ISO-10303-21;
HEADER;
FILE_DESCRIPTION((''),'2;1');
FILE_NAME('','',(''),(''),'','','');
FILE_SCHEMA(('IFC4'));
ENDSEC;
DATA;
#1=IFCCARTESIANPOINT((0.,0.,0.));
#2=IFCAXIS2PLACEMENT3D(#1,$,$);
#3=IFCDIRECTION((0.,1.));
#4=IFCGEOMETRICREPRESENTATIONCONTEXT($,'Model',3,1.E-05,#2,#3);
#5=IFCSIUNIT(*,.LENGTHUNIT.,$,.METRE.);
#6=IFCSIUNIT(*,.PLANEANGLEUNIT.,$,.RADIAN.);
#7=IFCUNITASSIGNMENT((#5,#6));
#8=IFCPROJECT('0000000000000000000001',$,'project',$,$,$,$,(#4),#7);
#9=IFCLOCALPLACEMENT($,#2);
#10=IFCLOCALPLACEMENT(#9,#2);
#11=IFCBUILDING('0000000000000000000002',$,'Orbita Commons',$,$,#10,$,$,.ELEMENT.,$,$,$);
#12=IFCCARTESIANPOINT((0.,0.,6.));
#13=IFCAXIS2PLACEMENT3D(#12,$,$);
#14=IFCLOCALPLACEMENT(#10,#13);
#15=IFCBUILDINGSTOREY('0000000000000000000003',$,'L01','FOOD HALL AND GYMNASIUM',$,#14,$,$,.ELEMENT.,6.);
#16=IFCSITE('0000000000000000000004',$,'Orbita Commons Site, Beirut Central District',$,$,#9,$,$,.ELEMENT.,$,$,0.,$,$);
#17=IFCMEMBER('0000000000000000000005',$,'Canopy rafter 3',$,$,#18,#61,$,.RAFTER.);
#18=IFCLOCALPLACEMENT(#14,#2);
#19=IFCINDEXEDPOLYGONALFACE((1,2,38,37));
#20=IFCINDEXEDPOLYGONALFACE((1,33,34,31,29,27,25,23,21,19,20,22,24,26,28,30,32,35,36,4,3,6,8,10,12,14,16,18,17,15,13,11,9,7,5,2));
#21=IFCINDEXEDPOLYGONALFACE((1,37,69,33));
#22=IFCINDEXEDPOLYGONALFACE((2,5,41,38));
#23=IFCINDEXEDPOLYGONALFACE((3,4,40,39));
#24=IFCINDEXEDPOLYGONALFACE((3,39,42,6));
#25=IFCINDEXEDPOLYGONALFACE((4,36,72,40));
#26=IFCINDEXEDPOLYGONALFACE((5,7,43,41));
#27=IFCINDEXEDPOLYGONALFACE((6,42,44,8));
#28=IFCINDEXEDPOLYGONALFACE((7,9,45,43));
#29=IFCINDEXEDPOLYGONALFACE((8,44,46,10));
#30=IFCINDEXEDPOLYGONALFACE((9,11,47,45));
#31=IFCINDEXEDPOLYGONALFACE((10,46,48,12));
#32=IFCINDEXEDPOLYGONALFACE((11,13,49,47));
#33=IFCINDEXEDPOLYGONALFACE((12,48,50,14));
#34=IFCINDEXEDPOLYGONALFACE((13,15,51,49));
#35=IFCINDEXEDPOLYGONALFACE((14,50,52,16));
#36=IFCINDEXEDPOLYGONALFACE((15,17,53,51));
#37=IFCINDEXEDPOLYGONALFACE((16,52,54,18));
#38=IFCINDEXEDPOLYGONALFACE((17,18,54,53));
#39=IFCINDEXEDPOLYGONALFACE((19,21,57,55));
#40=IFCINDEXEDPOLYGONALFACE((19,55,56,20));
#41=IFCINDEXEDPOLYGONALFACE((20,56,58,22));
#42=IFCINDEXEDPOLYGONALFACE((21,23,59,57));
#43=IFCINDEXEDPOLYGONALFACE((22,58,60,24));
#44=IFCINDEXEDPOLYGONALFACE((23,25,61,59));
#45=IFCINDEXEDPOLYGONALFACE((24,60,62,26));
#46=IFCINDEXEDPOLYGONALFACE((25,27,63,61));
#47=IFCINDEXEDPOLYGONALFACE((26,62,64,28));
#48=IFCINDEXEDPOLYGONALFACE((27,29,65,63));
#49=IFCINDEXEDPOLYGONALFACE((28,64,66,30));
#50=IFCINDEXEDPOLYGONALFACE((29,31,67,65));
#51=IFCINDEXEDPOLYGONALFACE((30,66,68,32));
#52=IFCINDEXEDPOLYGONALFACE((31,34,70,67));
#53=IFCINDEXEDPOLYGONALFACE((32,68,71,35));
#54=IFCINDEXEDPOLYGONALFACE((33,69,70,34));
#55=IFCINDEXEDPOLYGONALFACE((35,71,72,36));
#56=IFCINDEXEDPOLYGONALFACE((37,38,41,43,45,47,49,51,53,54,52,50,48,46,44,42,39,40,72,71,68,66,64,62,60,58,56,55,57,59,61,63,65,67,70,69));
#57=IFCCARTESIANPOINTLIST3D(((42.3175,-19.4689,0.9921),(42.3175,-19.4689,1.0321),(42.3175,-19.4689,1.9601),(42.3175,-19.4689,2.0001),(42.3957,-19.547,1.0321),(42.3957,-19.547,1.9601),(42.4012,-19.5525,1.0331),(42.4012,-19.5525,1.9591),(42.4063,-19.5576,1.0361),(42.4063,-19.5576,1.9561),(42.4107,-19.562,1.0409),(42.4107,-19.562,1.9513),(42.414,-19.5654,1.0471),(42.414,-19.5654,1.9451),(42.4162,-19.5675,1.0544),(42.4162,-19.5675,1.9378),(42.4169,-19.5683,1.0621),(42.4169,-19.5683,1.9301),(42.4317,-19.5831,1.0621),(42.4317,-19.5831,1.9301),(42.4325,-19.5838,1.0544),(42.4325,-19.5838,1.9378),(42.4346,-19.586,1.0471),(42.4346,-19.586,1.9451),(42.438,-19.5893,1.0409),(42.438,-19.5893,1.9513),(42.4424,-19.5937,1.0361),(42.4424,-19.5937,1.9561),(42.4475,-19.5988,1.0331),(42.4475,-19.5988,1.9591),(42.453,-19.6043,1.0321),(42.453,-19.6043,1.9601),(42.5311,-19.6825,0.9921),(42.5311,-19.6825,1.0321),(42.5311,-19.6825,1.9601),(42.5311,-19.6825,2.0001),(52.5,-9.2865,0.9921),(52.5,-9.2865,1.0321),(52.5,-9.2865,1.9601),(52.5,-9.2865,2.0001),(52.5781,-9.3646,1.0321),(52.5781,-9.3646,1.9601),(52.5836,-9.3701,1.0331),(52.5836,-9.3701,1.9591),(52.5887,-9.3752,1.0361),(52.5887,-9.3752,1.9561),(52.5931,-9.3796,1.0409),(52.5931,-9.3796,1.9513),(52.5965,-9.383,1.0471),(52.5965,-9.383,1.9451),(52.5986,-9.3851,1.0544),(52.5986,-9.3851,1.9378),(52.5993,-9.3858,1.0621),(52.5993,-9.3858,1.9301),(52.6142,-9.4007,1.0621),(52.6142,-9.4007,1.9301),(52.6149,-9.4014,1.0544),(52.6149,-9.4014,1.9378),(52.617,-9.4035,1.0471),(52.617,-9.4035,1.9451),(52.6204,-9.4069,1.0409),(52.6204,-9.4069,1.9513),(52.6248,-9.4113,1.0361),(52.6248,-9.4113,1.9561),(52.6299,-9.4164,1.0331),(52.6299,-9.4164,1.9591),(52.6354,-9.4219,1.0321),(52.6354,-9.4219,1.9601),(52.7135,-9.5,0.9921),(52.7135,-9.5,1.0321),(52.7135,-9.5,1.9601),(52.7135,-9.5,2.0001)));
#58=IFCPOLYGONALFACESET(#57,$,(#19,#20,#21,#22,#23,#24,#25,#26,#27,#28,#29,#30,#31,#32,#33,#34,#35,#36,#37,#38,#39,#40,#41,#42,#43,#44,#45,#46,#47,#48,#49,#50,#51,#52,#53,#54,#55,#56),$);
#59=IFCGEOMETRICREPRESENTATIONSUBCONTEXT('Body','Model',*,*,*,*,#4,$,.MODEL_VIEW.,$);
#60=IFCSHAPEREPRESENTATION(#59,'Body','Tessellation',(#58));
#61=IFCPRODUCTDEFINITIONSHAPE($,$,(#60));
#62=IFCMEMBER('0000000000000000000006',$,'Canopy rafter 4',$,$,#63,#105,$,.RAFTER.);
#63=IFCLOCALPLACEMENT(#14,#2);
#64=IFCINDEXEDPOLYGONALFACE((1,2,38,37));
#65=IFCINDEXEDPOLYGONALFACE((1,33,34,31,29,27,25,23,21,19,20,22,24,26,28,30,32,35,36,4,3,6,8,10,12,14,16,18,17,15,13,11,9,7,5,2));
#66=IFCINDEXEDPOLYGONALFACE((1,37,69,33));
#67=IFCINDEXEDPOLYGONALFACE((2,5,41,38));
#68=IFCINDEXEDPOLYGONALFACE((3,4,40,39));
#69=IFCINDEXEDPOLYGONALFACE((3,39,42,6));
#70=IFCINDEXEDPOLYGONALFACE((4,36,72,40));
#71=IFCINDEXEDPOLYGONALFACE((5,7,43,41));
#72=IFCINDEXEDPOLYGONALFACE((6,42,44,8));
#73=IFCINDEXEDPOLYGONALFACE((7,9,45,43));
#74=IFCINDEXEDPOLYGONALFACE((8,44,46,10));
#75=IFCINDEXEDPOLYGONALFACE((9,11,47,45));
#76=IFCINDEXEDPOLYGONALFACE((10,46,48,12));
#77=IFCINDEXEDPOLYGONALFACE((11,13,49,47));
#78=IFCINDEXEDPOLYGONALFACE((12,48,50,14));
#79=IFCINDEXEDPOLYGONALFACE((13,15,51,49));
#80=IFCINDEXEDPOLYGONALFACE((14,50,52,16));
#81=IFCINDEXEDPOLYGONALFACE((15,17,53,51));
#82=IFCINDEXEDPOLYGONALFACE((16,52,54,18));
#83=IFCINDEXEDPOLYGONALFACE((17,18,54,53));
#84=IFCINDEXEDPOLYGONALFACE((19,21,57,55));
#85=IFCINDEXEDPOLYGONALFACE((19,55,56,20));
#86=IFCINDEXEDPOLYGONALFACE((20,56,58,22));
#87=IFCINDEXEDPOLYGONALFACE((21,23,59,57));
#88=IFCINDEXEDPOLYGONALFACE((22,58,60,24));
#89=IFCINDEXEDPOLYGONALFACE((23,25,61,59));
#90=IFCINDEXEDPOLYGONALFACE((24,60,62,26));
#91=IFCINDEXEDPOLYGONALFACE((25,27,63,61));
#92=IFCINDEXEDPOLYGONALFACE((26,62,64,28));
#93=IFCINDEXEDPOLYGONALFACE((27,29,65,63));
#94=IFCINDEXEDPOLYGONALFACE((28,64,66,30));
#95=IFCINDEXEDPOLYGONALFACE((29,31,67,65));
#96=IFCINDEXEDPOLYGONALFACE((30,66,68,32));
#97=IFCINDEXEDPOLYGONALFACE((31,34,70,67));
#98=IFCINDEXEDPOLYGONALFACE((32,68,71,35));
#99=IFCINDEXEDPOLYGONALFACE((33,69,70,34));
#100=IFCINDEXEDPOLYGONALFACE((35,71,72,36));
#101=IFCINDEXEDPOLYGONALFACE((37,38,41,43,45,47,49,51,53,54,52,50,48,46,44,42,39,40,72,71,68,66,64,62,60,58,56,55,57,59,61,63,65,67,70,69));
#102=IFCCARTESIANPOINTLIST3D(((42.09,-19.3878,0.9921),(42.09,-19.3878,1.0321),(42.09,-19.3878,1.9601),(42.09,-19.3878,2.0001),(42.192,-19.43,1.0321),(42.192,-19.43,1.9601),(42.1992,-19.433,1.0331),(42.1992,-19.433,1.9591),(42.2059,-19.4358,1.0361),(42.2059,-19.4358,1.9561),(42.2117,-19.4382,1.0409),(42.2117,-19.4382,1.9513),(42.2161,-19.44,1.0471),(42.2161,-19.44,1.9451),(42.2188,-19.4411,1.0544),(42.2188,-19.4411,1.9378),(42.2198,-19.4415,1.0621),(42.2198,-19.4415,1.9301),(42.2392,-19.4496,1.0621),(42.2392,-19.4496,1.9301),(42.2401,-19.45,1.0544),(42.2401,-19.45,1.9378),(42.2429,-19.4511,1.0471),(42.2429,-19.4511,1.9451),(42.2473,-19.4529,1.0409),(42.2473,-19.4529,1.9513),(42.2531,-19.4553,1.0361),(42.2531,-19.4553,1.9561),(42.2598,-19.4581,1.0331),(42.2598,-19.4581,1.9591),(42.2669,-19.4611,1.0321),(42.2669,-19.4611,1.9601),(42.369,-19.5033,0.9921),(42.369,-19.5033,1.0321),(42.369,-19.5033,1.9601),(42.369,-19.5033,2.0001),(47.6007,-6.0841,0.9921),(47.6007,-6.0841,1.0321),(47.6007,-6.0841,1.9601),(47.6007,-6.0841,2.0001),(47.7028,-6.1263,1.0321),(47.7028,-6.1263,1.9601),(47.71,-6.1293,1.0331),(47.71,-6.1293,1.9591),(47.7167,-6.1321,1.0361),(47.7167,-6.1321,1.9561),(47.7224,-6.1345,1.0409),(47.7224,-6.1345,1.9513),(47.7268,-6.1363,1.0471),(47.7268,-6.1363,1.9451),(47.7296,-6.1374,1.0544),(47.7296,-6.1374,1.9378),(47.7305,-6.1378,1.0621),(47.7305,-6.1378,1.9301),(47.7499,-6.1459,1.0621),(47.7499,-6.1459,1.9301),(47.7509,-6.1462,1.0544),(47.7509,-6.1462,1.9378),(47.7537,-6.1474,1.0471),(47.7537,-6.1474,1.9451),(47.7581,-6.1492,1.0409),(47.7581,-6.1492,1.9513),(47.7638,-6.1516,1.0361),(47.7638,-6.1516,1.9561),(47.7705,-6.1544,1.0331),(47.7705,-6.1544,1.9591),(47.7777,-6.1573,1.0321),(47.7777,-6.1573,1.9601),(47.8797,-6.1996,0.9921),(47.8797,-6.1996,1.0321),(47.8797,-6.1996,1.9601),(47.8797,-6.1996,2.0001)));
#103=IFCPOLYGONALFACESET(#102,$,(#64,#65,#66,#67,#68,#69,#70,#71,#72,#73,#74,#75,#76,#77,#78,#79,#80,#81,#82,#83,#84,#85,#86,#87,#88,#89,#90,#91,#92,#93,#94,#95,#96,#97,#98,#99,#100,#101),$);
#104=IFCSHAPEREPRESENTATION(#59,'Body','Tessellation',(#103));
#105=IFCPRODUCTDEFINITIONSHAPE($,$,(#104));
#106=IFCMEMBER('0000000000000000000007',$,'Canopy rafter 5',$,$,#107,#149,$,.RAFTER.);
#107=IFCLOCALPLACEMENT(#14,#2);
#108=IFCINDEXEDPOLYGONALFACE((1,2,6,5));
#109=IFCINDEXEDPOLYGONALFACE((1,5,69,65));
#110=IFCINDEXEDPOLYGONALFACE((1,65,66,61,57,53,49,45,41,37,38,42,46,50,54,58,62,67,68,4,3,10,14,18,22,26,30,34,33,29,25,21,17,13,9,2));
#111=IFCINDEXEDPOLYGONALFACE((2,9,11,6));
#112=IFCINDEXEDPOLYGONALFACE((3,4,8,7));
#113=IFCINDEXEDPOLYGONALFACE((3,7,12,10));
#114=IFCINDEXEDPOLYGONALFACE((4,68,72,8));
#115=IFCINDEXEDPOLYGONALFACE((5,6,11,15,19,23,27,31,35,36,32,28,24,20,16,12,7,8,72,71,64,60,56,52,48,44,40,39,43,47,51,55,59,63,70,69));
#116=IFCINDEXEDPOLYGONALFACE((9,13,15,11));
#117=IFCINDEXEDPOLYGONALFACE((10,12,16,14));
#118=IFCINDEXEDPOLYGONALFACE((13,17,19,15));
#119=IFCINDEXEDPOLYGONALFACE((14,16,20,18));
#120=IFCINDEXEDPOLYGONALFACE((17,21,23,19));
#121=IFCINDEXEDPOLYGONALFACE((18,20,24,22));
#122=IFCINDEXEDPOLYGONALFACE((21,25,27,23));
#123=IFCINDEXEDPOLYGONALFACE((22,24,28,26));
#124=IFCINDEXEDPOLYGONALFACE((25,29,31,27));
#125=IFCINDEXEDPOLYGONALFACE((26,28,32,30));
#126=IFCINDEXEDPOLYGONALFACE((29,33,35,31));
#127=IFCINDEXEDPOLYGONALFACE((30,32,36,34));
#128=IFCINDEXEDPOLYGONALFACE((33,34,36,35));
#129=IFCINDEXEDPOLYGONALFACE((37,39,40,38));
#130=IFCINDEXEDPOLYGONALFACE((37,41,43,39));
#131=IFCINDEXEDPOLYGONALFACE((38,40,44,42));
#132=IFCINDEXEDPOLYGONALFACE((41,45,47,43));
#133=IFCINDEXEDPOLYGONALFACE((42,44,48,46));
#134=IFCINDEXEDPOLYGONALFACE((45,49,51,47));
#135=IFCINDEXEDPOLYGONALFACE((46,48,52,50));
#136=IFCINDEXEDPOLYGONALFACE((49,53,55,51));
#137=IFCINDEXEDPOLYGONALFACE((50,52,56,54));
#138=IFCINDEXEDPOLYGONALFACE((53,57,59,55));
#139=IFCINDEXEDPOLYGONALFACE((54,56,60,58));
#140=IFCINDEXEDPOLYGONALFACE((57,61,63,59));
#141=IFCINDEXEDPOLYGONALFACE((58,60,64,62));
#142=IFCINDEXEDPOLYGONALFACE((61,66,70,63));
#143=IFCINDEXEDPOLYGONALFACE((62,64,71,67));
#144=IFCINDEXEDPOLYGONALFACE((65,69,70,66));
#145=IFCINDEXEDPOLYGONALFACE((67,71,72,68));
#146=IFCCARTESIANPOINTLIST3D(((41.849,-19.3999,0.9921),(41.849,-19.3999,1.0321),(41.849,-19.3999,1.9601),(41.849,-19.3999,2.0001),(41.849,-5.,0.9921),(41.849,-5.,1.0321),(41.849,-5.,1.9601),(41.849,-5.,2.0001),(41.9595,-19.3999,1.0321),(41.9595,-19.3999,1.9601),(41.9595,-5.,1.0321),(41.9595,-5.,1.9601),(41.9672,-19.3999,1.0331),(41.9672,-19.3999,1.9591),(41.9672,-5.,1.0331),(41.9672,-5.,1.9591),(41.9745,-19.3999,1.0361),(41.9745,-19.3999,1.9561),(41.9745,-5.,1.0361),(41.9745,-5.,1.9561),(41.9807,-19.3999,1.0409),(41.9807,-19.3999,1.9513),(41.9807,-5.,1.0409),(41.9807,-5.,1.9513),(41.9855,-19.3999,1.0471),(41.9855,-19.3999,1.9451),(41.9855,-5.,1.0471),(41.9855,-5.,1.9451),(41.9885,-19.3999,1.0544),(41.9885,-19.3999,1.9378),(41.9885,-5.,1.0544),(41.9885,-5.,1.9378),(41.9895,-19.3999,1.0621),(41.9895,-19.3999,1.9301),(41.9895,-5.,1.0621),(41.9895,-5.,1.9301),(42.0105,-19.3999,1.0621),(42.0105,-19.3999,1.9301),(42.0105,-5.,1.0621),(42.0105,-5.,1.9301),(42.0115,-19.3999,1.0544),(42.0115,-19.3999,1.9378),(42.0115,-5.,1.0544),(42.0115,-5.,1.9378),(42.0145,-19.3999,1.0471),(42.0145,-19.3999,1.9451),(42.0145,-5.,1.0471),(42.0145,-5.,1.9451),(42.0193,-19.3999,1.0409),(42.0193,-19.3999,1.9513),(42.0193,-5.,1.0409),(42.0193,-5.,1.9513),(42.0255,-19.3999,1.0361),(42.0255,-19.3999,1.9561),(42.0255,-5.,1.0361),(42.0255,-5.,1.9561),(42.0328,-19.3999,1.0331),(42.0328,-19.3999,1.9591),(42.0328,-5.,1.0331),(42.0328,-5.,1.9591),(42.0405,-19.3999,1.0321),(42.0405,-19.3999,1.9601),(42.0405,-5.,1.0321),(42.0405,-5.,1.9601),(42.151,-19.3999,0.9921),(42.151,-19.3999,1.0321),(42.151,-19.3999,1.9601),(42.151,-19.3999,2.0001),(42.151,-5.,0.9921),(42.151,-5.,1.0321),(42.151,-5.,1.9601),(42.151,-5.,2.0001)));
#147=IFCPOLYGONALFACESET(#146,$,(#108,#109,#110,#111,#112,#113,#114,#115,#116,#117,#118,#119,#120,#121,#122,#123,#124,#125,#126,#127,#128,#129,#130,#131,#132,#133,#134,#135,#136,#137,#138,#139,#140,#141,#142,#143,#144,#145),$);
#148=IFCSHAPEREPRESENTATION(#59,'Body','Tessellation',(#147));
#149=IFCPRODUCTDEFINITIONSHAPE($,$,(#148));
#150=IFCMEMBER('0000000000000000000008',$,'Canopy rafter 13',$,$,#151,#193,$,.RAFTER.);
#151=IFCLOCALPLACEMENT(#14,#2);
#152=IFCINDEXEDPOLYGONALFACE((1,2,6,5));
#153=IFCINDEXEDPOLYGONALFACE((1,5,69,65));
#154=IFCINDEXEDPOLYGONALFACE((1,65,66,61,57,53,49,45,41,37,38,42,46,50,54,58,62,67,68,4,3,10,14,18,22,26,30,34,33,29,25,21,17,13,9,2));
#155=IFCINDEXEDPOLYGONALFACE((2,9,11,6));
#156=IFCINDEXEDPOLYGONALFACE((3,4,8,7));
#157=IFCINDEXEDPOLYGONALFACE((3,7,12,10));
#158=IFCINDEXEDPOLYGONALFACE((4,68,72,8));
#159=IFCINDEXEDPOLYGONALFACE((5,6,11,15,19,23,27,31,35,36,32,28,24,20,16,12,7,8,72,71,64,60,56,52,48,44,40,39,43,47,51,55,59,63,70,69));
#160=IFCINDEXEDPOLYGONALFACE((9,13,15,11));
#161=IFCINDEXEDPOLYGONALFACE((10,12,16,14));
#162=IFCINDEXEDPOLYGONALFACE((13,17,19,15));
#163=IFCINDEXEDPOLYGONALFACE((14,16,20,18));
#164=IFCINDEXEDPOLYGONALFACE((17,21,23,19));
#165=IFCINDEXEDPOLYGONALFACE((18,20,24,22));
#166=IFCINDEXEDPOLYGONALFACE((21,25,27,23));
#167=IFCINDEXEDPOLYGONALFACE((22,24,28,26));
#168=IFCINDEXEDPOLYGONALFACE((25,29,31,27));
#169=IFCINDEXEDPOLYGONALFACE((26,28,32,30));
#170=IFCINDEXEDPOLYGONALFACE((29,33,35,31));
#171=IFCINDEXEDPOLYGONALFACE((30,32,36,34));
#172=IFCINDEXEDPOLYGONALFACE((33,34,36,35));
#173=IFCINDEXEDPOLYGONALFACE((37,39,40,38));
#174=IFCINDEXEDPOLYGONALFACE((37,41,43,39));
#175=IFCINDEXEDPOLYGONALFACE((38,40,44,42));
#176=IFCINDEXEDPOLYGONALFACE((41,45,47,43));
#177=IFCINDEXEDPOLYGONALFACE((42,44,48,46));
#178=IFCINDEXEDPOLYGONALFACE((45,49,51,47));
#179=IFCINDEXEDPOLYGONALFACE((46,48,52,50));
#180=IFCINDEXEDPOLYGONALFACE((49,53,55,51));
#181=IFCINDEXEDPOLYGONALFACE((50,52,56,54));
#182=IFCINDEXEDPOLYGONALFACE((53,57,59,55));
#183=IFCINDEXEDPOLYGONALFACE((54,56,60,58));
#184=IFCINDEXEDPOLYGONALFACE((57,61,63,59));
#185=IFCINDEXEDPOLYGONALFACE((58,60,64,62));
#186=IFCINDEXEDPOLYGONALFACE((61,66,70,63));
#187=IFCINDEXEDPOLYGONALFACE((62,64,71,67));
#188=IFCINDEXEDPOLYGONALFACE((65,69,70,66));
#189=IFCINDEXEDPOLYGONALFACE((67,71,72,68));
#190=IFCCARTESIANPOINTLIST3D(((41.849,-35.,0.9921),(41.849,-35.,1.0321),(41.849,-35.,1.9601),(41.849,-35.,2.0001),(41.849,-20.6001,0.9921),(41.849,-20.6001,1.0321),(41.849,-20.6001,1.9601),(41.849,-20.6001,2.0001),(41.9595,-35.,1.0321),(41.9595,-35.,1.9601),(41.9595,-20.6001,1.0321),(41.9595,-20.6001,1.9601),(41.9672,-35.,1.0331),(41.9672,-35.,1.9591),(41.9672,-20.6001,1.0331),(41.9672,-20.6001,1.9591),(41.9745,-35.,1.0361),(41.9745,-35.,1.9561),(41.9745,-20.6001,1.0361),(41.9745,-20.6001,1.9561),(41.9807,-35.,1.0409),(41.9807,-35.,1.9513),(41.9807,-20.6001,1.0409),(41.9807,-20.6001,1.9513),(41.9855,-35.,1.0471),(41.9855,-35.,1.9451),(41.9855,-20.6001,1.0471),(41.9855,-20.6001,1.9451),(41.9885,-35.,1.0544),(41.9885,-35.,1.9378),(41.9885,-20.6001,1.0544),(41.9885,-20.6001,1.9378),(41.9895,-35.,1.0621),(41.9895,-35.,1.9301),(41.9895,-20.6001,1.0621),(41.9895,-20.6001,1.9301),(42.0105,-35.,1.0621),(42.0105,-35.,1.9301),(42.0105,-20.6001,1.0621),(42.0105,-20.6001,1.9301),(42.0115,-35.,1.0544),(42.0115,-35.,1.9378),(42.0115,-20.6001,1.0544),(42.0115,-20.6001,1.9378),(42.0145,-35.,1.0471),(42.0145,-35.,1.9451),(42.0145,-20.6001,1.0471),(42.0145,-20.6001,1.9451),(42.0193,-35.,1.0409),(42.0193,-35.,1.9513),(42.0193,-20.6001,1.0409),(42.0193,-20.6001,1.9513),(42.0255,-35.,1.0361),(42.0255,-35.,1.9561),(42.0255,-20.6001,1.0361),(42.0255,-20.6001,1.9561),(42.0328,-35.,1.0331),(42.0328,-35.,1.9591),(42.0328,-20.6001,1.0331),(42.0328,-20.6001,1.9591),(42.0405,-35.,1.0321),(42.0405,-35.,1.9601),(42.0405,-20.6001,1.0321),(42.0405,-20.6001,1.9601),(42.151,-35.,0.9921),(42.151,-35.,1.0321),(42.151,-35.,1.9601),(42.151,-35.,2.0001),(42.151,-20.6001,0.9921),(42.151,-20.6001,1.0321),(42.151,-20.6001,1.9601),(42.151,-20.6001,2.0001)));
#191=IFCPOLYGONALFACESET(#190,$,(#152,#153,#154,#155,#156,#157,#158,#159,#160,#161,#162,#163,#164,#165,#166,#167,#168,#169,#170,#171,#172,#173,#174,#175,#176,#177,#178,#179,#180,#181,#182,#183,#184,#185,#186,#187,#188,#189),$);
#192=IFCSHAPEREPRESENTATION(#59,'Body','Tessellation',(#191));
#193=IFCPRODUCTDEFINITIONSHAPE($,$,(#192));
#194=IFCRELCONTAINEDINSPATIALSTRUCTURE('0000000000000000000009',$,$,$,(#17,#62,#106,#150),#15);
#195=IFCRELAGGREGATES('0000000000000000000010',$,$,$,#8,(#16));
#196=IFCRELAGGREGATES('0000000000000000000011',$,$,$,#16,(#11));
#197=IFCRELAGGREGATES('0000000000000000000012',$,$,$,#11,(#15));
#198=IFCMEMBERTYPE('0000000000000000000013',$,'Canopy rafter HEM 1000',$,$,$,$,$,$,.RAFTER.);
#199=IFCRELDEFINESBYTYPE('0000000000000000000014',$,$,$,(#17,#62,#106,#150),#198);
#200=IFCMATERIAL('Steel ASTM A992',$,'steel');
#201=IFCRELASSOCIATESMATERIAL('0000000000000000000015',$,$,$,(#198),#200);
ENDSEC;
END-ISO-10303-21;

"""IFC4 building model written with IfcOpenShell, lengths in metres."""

from ifc_helpers import new_model, si_unit, direction, frame, origin, origin_2d, place, context, subcontext, project, spatial, i_section, extrude, material, material_profile, profile_set, type_object, element, save


model = new_model("IFC4")

# Units and contexts
model_context = context("Model", 3, precision=1e-05, world=origin(), true_north=direction((0.0, 1.0)))
body_context = subcontext(model_context, "Body", "Model", "MODEL_VIEW")
ifc_project = project(units=[si_unit("LENGTHUNIT", "METRE"), si_unit("PLANEANGLEUNIT", "RADIAN")], contexts=[model_context])

# Site, building, storey
site_placement = place(None, origin())
site = spatial("IfcSite", under=ifc_project, at=site_placement, Name="Orbita Commons Site, Beirut Central District", CompositionType="ELEMENT", RefElevation=0.0)
building_placement = place(site_placement, origin())
building = spatial("IfcBuilding", under=site, at=building_placement, Name="Orbita Commons", CompositionType="ELEMENT")
storey_placement = place(building_placement, frame((0.0, 0.0, 6.0)))
storey = spatial("IfcBuildingStorey", under=building, at=storey_placement, Name="L01", Description="FOOD HALL AND GYMNASIUM", CompositionType="ELEMENT", Elevation=6.0)

# Members
ifc_material_1 = material(Name="Steel ASTM A992", Category="steel")
ifc_material_profile_1 = material_profile(ifc_material_1, i_section(OverallWidth=0.302, OverallDepth=1.0081, WebThickness=0.021, FlangeThickness=0.04, FilletRadius=0.03, at=origin_2d()), Name="HEM 1000")
ifc_profile_set_1 = profile_set([ifc_material_profile_1], Name="Steel ASTM A992")
member_type_1 = type_object("IfcMemberType", Name="Canopy rafter HEM 1000", PredefinedType="RAFTER", material=ifc_profile_set_1)
member_1_placement = place(storey_placement, frame((42.4243, -19.5757, 1.4961), z_axis=(0.707107, 0.707107, 0.0), x_axis=(-0.707107, 0.707107, 0.0)))
element("IfcMember", 1, at=member_1_placement, inside=storey, type_object=member_type_1, Name="Canopy rafter 3", PredefinedType="RAFTER", context=body_context, shape_type="SweptSolid", body=[
    extrude(i_section(OverallWidth=0.302, OverallDepth=1.0081, WebThickness=0.021, FlangeThickness=0.04, FilletRadius=0.03, at=origin_2d()), origin(), (0.0, 0.0, 1.0), 14.4001),
])
for number, where, z_axis, x_axis, name in (
    (2, (42.2295, -19.4456, 1.4961), (0.382693, 0.923875, 0.0), (-0.923875, 0.382693, 0.0), "Canopy rafter 4"),
    (3, (42.0, -19.3999, 1.4961), (0.0, 1.0, 0.0), (-1.0, 0.0, 0.0), "Canopy rafter 5"),
    (4, (42.0, -20.6001, 1.4961), (0.0, -1.0, 0.0), (1.0, 0.0, 0.0), "Canopy rafter 13"),
):
    element("IfcMember", number, at=place(storey_placement, frame(where, z_axis=z_axis, x_axis=x_axis)), inside=storey, type_object=member_type_1, Name=name, PredefinedType="RAFTER", context=body_context, shape_type="SweptSolid", body=[
        extrude(i_section(OverallWidth=0.302, OverallDepth=1.0081, WebThickness=0.021, FlangeThickness=0.04, FilletRadius=0.03, at=origin_2d()), origin(), (0.0, 0.0, 1.0), 14.3999),
    ])

save(model, "model.ifc")
